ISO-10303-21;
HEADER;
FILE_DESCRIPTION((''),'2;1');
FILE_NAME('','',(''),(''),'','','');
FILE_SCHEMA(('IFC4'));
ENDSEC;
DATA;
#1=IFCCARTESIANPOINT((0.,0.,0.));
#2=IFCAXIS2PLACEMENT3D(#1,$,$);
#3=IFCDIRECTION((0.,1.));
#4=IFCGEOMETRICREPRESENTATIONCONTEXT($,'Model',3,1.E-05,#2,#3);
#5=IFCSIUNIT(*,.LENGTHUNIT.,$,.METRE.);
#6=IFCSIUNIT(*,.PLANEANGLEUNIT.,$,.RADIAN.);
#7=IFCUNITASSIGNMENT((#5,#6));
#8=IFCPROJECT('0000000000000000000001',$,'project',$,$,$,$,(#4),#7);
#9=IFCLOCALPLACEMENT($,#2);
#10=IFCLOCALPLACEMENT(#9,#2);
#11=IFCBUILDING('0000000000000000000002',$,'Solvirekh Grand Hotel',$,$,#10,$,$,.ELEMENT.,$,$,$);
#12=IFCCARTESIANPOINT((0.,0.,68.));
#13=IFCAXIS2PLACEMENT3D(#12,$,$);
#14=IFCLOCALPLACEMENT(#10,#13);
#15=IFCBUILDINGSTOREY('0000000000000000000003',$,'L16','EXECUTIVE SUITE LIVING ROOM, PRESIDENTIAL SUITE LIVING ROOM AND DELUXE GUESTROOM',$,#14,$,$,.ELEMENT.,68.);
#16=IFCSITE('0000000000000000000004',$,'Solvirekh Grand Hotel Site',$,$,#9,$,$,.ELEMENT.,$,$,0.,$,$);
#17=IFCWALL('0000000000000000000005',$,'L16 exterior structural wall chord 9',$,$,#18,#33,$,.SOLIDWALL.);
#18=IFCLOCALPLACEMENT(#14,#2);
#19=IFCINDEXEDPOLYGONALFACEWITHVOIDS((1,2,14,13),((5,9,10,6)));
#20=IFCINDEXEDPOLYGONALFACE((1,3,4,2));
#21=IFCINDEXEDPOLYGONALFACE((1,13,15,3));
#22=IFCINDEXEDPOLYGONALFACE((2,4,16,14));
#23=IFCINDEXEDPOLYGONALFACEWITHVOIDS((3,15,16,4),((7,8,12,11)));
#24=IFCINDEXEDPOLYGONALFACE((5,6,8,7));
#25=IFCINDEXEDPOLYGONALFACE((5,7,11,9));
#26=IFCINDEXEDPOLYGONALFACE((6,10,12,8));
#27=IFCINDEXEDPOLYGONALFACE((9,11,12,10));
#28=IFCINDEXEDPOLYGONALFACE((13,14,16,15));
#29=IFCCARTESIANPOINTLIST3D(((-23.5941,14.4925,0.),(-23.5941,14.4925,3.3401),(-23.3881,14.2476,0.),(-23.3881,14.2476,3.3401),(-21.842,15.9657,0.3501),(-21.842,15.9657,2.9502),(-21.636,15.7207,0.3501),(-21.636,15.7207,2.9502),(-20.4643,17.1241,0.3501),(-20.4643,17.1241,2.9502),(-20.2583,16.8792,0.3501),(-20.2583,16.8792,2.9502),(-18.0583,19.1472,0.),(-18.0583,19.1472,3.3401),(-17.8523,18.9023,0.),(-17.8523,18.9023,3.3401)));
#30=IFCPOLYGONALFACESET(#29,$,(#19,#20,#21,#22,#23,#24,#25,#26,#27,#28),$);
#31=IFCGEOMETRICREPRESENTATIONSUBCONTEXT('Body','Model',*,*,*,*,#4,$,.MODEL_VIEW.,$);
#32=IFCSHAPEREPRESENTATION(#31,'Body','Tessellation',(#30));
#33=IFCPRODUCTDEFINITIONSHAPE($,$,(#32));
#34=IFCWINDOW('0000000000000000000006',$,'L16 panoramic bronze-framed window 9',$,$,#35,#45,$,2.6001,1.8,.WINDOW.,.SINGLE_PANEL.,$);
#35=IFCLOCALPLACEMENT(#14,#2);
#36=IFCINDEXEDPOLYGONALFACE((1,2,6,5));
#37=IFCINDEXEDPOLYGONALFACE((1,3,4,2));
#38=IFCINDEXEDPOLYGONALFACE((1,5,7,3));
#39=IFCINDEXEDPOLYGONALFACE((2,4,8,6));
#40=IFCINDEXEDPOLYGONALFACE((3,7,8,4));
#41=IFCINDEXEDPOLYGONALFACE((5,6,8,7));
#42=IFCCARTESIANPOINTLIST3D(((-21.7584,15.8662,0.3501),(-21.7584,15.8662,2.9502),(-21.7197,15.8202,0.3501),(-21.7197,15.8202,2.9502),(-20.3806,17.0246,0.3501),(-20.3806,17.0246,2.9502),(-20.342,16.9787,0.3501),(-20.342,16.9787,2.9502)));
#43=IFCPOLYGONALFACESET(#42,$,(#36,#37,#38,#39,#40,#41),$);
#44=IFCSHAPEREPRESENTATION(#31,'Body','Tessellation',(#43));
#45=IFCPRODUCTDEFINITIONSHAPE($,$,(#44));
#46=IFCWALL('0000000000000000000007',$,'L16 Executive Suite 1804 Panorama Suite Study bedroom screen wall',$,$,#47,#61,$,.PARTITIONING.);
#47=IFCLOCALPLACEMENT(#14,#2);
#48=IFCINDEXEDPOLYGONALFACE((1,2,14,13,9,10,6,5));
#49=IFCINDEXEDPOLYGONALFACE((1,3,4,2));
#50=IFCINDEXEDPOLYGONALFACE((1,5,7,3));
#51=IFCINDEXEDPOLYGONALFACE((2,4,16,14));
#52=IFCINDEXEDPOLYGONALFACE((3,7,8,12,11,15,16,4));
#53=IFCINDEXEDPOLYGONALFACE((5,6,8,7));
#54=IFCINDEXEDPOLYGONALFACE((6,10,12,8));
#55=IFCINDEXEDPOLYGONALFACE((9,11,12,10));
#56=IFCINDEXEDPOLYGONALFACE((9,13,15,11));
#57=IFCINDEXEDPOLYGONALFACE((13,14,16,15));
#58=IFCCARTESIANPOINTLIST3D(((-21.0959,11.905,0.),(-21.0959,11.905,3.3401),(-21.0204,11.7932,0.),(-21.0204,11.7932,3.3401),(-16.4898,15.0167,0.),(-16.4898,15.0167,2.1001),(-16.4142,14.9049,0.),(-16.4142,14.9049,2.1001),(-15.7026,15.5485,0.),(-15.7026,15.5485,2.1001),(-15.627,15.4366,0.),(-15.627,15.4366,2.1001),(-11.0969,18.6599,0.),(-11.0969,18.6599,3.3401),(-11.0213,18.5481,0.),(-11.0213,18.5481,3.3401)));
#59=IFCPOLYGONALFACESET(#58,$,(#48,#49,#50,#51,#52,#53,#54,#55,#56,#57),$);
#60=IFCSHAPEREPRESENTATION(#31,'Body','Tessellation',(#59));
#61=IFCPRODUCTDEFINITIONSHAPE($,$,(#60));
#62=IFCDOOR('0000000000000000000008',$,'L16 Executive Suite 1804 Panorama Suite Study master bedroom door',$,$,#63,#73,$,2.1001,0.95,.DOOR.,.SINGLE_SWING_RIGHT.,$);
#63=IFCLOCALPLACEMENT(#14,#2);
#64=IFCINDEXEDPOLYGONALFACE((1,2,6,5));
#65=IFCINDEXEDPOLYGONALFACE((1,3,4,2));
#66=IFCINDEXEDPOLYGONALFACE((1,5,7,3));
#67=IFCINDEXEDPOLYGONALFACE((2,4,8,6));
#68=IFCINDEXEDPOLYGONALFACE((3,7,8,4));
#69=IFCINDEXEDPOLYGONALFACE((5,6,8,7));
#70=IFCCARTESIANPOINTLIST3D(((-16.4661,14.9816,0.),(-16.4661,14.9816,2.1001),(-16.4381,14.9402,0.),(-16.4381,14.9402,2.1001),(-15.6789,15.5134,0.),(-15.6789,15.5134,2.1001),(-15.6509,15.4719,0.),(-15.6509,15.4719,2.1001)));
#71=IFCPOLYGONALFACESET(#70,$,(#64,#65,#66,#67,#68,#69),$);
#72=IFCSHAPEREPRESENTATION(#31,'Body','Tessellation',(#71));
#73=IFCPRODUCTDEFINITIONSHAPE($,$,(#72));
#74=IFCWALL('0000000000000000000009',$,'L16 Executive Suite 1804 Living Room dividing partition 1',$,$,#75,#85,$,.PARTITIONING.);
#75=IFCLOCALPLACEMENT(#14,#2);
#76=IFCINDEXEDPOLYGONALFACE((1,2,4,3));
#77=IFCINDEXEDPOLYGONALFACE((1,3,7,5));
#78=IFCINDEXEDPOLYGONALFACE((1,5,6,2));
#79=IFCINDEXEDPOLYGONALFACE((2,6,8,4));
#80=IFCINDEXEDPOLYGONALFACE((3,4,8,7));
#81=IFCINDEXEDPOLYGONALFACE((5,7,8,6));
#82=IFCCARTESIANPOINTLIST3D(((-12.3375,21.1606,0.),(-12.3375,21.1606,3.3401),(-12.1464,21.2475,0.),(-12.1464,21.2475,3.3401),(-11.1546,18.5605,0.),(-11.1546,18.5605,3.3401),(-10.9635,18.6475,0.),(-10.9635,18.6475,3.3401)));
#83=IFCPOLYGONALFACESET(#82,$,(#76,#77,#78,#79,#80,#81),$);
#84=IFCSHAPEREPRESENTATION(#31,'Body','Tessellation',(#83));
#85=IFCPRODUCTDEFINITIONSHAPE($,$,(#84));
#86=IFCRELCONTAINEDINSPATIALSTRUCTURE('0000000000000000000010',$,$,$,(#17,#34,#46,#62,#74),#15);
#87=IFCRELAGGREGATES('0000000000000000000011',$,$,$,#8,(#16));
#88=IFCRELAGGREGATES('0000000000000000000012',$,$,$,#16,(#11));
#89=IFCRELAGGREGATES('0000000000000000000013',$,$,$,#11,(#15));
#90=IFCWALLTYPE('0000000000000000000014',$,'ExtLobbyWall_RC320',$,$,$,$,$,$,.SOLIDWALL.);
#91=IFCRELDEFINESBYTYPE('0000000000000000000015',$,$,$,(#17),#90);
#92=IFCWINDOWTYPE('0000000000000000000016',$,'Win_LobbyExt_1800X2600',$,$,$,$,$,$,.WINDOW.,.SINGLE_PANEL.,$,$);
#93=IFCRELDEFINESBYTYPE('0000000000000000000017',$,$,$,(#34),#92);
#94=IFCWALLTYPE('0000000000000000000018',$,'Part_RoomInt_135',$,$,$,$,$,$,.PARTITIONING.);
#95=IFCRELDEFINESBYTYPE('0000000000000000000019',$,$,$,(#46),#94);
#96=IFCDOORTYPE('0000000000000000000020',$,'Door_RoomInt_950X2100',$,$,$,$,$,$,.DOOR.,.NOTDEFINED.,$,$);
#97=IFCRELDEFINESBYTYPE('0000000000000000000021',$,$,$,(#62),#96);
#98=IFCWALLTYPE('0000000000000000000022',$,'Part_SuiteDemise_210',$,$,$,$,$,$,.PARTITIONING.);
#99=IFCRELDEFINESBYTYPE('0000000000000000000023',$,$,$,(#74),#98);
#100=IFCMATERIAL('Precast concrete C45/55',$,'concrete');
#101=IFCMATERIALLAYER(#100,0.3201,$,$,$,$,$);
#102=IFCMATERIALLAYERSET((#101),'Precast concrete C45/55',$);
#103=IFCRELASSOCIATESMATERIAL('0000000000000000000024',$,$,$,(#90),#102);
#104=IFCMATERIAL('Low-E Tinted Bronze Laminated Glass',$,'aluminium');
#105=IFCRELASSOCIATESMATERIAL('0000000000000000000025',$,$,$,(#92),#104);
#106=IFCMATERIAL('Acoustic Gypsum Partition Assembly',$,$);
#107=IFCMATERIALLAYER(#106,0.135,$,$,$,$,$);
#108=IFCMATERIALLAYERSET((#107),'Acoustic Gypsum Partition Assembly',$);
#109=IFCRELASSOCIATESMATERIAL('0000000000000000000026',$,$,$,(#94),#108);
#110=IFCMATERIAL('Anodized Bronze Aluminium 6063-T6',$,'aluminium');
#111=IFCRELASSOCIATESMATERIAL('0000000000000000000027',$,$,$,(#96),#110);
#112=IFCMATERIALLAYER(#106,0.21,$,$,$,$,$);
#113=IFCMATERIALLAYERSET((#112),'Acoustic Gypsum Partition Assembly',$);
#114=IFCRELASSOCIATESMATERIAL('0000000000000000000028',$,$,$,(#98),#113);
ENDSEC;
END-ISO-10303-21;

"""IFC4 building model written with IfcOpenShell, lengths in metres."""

from ifc_helpers import new_model, si_unit, direction, frame, frame_2d, origin, place, context, subcontext, project, spatial, rectangle, extrude, material, layer, layer_set, type_object, element, fill, save


model = new_model("IFC4")

# Units and contexts
model_context = context("Model", 3, precision=1e-05, world=origin(), true_north=direction((0.0, 1.0)))
body_context = subcontext(model_context, "Body", "Model", "MODEL_VIEW")
ifc_project = project(units=[si_unit("LENGTHUNIT", "METRE"), si_unit("PLANEANGLEUNIT", "RADIAN")], contexts=[model_context])

# Site, building, storey
site_placement = place(None, origin())
site = spatial("IfcSite", under=ifc_project, at=site_placement, Name="Solvirekh Grand Hotel Site", CompositionType="ELEMENT", RefElevation=0.0)
building_placement = place(site_placement, origin())
building = spatial("IfcBuilding", under=site, at=building_placement, Name="Solvirekh Grand Hotel", CompositionType="ELEMENT")
storey_placement = place(building_placement, frame((0.0, 0.0, 68.0)))
storey = spatial("IfcBuildingStorey", under=building, at=storey_placement, Name="L16", Description="EXECUTIVE SUITE LIVING ROOM, PRESIDENTIAL SUITE LIVING ROOM AND DELUXE GUESTROOM", CompositionType="ELEMENT", Elevation=68.0)

# Shared definitions
ifc_material_1 = material(Name="Anodized Bronze Aluminium 6063-T6", Category="aluminium")
ifc_material_2 = material(Name="Low-E Tinted Bronze Laminated Glass", Category="aluminium")

# Wall, opening, window
ifc_material_3 = material(Name="Precast concrete C45/55", Category="concrete")
ifc_layer_1 = layer(ifc_material_3, 0.3201)
ifc_layer_set_1 = layer_set([ifc_layer_1], Name="Precast concrete C45/55")
wall_type_1 = type_object("IfcWallType", Name="ExtLobbyWall_RC320", PredefinedType="SOLIDWALL", material=ifc_layer_set_1)
window_type = type_object("IfcWindowType", Name="Win_LobbyExt_1800X2600", PartitioningType="SINGLE_PANEL", PredefinedType="WINDOW", material=ifc_material_2)
wall_1_placement = place(storey_placement, frame((-23.491, 14.3701, 0.0), z_axis=(0.0, 0.0, 1.0), x_axis=(0.765389, 0.643568, 0.0)))
wall_1 = element("IfcWall", 1, at=wall_1_placement, inside=storey, type_object=wall_type_1, Name="L16 exterior structural wall chord 9", PredefinedType="SOLIDWALL", context=body_context, shape_type="SweptSolid", body=[
    extrude(rectangle(XDim=7.2327, YDim=0.3201, at=frame_2d((3.6162, 0.0))), origin(), (0.0, 0.0, 1.0), 3.3401),
])
opening_1_placement = place(wall_1_placement, frame((2.2891, 0.0, 0.3501)))
opening_1 = element("IfcOpeningElement", 2, at=opening_1_placement, cuts=wall_1, PredefinedType="OPENING", context=body_context, shape_type="SweptSolid", body=[
    extrude(rectangle(XDim=1.8, YDim=2.6001, at=frame_2d((0.8999, 1.3))), frame((0.0, 0.1699, 0.0), z_axis=(0.0, -1.0, 0.0), x_axis=(1.0, 0.0, 0.0)), (0.0, 0.0, 1.0), 0.3401),
])
window_1_placement = place(opening_1_placement, origin())
window_1 = element("IfcWindow", 3, at=window_1_placement, inside=storey, type_object=window_type, Name="L16 panoramic bronze-framed window 9", OverallHeight=2.6001, OverallWidth=1.8, PartitioningType="SINGLE_PANEL", PredefinedType="WINDOW", context=body_context, shape_type="SweptSolid", body=[
    extrude(rectangle(XDim=1.8, YDim=2.6001, at=frame_2d((0.8999, 1.3))), frame((0.0, 0.03, 0.0), z_axis=(0.0, -1.0, 0.0), x_axis=(1.0, 0.0, 0.0)), (0.0, 0.0, 1.0), 0.0601),
])
fill(opening_1, window_1)

# Wall, opening, door
ifc_material_4 = material(Name="Acoustic Gypsum Partition Assembly")
ifc_layer_2 = layer(ifc_material_4, 0.135)
ifc_layer_set_2 = layer_set([ifc_layer_2], Name="Acoustic Gypsum Partition Assembly")
wall_type_2 = type_object("IfcWallType", Name="Part_RoomInt_135", PredefinedType="PARTITIONING", material=ifc_layer_set_2)
wall_2_placement = place(storey_placement, frame((-11.0591, 18.604, 0.0), z_axis=(0.0, 0.0, 1.0), x_axis=(-0.828636, -0.559788, 0.0)))
wall_2 = element("IfcWall", 4, at=wall_2_placement, inside=storey, type_object=wall_type_2, Name="L16 Executive Suite 1804 Panorama Suite Study bedroom screen wall", PredefinedType="PARTITIONING", context=body_context, shape_type="SweptSolid", body=[
    extrude(rectangle(XDim=12.0669, YDim=0.135, at=frame_2d((6.0334, 0.0))), origin(), (0.0, 0.0, 1.0), 3.3401),
])
opening_2_placement = place(wall_2_placement, frame((5.5581, 0.0, 0.0)))
opening_2 = element("IfcOpeningElement", 5, at=opening_2_placement, cuts=wall_2, PredefinedType="OPENING", context=body_context, shape_type="SweptSolid", body=[
    extrude(rectangle(XDim=0.95, YDim=2.1001, at=frame_2d((0.4751, 1.05))), frame((0.0, 0.0776, 0.0), z_axis=(0.0, -1.0, 0.0), x_axis=(1.0, 0.0, 0.0)), (0.0, 0.0, 1.0), 0.155),
])
door_type = type_object("IfcDoorType", Name="Door_RoomInt_950X2100", OperationType="NOTDEFINED", PredefinedType="DOOR", material=ifc_material_1)
door_placement = place(opening_2_placement, origin())
door = element("IfcDoor", 6, at=door_placement, inside=storey, type_object=door_type, Name="L16 Executive Suite 1804 Panorama Suite Study master bedroom door", OperationType="SINGLE_SWING_RIGHT", OverallHeight=2.1001, OverallWidth=0.95, PredefinedType="DOOR", context=body_context, shape_type="SweptSolid", body=[
    extrude(rectangle(XDim=0.95, YDim=2.1001, at=frame_2d((0.4751, 1.05))), frame((0.0, 0.0249, 0.0), z_axis=(0.0, -1.0, 0.0), x_axis=(1.0, 0.0, 0.0)), (0.0, 0.0, 1.0), 0.05),
])
fill(opening_2, door)

# Wall
ifc_layer_3 = layer(ifc_material_4, 0.21)
ifc_layer_set_3 = layer_set([ifc_layer_3], Name="Acoustic Gypsum Partition Assembly")
wall_type_3 = type_object("IfcWallType", Name="Part_SuiteDemise_210", PredefinedType="PARTITIONING", material=ifc_layer_set_3)
wall_3_placement = place(storey_placement, frame((-11.0591, 18.604, 0.0), z_axis=(0.0, 0.0, 1.0), x_axis=(-0.414093, 0.910235, 0.0)))
element("IfcWall", 7, at=wall_3_placement, inside=storey, type_object=wall_type_3, Name="L16 Executive Suite 1804 Living Room dividing partition 1", PredefinedType="PARTITIONING", context=body_context, shape_type="SweptSolid", body=[
    extrude(rectangle(XDim=2.8564, YDim=0.21, at=frame_2d((1.4282, 0.0))), origin(), (0.0, 0.0, 1.0), 3.3401),
])

save(model, "model.ifc")
